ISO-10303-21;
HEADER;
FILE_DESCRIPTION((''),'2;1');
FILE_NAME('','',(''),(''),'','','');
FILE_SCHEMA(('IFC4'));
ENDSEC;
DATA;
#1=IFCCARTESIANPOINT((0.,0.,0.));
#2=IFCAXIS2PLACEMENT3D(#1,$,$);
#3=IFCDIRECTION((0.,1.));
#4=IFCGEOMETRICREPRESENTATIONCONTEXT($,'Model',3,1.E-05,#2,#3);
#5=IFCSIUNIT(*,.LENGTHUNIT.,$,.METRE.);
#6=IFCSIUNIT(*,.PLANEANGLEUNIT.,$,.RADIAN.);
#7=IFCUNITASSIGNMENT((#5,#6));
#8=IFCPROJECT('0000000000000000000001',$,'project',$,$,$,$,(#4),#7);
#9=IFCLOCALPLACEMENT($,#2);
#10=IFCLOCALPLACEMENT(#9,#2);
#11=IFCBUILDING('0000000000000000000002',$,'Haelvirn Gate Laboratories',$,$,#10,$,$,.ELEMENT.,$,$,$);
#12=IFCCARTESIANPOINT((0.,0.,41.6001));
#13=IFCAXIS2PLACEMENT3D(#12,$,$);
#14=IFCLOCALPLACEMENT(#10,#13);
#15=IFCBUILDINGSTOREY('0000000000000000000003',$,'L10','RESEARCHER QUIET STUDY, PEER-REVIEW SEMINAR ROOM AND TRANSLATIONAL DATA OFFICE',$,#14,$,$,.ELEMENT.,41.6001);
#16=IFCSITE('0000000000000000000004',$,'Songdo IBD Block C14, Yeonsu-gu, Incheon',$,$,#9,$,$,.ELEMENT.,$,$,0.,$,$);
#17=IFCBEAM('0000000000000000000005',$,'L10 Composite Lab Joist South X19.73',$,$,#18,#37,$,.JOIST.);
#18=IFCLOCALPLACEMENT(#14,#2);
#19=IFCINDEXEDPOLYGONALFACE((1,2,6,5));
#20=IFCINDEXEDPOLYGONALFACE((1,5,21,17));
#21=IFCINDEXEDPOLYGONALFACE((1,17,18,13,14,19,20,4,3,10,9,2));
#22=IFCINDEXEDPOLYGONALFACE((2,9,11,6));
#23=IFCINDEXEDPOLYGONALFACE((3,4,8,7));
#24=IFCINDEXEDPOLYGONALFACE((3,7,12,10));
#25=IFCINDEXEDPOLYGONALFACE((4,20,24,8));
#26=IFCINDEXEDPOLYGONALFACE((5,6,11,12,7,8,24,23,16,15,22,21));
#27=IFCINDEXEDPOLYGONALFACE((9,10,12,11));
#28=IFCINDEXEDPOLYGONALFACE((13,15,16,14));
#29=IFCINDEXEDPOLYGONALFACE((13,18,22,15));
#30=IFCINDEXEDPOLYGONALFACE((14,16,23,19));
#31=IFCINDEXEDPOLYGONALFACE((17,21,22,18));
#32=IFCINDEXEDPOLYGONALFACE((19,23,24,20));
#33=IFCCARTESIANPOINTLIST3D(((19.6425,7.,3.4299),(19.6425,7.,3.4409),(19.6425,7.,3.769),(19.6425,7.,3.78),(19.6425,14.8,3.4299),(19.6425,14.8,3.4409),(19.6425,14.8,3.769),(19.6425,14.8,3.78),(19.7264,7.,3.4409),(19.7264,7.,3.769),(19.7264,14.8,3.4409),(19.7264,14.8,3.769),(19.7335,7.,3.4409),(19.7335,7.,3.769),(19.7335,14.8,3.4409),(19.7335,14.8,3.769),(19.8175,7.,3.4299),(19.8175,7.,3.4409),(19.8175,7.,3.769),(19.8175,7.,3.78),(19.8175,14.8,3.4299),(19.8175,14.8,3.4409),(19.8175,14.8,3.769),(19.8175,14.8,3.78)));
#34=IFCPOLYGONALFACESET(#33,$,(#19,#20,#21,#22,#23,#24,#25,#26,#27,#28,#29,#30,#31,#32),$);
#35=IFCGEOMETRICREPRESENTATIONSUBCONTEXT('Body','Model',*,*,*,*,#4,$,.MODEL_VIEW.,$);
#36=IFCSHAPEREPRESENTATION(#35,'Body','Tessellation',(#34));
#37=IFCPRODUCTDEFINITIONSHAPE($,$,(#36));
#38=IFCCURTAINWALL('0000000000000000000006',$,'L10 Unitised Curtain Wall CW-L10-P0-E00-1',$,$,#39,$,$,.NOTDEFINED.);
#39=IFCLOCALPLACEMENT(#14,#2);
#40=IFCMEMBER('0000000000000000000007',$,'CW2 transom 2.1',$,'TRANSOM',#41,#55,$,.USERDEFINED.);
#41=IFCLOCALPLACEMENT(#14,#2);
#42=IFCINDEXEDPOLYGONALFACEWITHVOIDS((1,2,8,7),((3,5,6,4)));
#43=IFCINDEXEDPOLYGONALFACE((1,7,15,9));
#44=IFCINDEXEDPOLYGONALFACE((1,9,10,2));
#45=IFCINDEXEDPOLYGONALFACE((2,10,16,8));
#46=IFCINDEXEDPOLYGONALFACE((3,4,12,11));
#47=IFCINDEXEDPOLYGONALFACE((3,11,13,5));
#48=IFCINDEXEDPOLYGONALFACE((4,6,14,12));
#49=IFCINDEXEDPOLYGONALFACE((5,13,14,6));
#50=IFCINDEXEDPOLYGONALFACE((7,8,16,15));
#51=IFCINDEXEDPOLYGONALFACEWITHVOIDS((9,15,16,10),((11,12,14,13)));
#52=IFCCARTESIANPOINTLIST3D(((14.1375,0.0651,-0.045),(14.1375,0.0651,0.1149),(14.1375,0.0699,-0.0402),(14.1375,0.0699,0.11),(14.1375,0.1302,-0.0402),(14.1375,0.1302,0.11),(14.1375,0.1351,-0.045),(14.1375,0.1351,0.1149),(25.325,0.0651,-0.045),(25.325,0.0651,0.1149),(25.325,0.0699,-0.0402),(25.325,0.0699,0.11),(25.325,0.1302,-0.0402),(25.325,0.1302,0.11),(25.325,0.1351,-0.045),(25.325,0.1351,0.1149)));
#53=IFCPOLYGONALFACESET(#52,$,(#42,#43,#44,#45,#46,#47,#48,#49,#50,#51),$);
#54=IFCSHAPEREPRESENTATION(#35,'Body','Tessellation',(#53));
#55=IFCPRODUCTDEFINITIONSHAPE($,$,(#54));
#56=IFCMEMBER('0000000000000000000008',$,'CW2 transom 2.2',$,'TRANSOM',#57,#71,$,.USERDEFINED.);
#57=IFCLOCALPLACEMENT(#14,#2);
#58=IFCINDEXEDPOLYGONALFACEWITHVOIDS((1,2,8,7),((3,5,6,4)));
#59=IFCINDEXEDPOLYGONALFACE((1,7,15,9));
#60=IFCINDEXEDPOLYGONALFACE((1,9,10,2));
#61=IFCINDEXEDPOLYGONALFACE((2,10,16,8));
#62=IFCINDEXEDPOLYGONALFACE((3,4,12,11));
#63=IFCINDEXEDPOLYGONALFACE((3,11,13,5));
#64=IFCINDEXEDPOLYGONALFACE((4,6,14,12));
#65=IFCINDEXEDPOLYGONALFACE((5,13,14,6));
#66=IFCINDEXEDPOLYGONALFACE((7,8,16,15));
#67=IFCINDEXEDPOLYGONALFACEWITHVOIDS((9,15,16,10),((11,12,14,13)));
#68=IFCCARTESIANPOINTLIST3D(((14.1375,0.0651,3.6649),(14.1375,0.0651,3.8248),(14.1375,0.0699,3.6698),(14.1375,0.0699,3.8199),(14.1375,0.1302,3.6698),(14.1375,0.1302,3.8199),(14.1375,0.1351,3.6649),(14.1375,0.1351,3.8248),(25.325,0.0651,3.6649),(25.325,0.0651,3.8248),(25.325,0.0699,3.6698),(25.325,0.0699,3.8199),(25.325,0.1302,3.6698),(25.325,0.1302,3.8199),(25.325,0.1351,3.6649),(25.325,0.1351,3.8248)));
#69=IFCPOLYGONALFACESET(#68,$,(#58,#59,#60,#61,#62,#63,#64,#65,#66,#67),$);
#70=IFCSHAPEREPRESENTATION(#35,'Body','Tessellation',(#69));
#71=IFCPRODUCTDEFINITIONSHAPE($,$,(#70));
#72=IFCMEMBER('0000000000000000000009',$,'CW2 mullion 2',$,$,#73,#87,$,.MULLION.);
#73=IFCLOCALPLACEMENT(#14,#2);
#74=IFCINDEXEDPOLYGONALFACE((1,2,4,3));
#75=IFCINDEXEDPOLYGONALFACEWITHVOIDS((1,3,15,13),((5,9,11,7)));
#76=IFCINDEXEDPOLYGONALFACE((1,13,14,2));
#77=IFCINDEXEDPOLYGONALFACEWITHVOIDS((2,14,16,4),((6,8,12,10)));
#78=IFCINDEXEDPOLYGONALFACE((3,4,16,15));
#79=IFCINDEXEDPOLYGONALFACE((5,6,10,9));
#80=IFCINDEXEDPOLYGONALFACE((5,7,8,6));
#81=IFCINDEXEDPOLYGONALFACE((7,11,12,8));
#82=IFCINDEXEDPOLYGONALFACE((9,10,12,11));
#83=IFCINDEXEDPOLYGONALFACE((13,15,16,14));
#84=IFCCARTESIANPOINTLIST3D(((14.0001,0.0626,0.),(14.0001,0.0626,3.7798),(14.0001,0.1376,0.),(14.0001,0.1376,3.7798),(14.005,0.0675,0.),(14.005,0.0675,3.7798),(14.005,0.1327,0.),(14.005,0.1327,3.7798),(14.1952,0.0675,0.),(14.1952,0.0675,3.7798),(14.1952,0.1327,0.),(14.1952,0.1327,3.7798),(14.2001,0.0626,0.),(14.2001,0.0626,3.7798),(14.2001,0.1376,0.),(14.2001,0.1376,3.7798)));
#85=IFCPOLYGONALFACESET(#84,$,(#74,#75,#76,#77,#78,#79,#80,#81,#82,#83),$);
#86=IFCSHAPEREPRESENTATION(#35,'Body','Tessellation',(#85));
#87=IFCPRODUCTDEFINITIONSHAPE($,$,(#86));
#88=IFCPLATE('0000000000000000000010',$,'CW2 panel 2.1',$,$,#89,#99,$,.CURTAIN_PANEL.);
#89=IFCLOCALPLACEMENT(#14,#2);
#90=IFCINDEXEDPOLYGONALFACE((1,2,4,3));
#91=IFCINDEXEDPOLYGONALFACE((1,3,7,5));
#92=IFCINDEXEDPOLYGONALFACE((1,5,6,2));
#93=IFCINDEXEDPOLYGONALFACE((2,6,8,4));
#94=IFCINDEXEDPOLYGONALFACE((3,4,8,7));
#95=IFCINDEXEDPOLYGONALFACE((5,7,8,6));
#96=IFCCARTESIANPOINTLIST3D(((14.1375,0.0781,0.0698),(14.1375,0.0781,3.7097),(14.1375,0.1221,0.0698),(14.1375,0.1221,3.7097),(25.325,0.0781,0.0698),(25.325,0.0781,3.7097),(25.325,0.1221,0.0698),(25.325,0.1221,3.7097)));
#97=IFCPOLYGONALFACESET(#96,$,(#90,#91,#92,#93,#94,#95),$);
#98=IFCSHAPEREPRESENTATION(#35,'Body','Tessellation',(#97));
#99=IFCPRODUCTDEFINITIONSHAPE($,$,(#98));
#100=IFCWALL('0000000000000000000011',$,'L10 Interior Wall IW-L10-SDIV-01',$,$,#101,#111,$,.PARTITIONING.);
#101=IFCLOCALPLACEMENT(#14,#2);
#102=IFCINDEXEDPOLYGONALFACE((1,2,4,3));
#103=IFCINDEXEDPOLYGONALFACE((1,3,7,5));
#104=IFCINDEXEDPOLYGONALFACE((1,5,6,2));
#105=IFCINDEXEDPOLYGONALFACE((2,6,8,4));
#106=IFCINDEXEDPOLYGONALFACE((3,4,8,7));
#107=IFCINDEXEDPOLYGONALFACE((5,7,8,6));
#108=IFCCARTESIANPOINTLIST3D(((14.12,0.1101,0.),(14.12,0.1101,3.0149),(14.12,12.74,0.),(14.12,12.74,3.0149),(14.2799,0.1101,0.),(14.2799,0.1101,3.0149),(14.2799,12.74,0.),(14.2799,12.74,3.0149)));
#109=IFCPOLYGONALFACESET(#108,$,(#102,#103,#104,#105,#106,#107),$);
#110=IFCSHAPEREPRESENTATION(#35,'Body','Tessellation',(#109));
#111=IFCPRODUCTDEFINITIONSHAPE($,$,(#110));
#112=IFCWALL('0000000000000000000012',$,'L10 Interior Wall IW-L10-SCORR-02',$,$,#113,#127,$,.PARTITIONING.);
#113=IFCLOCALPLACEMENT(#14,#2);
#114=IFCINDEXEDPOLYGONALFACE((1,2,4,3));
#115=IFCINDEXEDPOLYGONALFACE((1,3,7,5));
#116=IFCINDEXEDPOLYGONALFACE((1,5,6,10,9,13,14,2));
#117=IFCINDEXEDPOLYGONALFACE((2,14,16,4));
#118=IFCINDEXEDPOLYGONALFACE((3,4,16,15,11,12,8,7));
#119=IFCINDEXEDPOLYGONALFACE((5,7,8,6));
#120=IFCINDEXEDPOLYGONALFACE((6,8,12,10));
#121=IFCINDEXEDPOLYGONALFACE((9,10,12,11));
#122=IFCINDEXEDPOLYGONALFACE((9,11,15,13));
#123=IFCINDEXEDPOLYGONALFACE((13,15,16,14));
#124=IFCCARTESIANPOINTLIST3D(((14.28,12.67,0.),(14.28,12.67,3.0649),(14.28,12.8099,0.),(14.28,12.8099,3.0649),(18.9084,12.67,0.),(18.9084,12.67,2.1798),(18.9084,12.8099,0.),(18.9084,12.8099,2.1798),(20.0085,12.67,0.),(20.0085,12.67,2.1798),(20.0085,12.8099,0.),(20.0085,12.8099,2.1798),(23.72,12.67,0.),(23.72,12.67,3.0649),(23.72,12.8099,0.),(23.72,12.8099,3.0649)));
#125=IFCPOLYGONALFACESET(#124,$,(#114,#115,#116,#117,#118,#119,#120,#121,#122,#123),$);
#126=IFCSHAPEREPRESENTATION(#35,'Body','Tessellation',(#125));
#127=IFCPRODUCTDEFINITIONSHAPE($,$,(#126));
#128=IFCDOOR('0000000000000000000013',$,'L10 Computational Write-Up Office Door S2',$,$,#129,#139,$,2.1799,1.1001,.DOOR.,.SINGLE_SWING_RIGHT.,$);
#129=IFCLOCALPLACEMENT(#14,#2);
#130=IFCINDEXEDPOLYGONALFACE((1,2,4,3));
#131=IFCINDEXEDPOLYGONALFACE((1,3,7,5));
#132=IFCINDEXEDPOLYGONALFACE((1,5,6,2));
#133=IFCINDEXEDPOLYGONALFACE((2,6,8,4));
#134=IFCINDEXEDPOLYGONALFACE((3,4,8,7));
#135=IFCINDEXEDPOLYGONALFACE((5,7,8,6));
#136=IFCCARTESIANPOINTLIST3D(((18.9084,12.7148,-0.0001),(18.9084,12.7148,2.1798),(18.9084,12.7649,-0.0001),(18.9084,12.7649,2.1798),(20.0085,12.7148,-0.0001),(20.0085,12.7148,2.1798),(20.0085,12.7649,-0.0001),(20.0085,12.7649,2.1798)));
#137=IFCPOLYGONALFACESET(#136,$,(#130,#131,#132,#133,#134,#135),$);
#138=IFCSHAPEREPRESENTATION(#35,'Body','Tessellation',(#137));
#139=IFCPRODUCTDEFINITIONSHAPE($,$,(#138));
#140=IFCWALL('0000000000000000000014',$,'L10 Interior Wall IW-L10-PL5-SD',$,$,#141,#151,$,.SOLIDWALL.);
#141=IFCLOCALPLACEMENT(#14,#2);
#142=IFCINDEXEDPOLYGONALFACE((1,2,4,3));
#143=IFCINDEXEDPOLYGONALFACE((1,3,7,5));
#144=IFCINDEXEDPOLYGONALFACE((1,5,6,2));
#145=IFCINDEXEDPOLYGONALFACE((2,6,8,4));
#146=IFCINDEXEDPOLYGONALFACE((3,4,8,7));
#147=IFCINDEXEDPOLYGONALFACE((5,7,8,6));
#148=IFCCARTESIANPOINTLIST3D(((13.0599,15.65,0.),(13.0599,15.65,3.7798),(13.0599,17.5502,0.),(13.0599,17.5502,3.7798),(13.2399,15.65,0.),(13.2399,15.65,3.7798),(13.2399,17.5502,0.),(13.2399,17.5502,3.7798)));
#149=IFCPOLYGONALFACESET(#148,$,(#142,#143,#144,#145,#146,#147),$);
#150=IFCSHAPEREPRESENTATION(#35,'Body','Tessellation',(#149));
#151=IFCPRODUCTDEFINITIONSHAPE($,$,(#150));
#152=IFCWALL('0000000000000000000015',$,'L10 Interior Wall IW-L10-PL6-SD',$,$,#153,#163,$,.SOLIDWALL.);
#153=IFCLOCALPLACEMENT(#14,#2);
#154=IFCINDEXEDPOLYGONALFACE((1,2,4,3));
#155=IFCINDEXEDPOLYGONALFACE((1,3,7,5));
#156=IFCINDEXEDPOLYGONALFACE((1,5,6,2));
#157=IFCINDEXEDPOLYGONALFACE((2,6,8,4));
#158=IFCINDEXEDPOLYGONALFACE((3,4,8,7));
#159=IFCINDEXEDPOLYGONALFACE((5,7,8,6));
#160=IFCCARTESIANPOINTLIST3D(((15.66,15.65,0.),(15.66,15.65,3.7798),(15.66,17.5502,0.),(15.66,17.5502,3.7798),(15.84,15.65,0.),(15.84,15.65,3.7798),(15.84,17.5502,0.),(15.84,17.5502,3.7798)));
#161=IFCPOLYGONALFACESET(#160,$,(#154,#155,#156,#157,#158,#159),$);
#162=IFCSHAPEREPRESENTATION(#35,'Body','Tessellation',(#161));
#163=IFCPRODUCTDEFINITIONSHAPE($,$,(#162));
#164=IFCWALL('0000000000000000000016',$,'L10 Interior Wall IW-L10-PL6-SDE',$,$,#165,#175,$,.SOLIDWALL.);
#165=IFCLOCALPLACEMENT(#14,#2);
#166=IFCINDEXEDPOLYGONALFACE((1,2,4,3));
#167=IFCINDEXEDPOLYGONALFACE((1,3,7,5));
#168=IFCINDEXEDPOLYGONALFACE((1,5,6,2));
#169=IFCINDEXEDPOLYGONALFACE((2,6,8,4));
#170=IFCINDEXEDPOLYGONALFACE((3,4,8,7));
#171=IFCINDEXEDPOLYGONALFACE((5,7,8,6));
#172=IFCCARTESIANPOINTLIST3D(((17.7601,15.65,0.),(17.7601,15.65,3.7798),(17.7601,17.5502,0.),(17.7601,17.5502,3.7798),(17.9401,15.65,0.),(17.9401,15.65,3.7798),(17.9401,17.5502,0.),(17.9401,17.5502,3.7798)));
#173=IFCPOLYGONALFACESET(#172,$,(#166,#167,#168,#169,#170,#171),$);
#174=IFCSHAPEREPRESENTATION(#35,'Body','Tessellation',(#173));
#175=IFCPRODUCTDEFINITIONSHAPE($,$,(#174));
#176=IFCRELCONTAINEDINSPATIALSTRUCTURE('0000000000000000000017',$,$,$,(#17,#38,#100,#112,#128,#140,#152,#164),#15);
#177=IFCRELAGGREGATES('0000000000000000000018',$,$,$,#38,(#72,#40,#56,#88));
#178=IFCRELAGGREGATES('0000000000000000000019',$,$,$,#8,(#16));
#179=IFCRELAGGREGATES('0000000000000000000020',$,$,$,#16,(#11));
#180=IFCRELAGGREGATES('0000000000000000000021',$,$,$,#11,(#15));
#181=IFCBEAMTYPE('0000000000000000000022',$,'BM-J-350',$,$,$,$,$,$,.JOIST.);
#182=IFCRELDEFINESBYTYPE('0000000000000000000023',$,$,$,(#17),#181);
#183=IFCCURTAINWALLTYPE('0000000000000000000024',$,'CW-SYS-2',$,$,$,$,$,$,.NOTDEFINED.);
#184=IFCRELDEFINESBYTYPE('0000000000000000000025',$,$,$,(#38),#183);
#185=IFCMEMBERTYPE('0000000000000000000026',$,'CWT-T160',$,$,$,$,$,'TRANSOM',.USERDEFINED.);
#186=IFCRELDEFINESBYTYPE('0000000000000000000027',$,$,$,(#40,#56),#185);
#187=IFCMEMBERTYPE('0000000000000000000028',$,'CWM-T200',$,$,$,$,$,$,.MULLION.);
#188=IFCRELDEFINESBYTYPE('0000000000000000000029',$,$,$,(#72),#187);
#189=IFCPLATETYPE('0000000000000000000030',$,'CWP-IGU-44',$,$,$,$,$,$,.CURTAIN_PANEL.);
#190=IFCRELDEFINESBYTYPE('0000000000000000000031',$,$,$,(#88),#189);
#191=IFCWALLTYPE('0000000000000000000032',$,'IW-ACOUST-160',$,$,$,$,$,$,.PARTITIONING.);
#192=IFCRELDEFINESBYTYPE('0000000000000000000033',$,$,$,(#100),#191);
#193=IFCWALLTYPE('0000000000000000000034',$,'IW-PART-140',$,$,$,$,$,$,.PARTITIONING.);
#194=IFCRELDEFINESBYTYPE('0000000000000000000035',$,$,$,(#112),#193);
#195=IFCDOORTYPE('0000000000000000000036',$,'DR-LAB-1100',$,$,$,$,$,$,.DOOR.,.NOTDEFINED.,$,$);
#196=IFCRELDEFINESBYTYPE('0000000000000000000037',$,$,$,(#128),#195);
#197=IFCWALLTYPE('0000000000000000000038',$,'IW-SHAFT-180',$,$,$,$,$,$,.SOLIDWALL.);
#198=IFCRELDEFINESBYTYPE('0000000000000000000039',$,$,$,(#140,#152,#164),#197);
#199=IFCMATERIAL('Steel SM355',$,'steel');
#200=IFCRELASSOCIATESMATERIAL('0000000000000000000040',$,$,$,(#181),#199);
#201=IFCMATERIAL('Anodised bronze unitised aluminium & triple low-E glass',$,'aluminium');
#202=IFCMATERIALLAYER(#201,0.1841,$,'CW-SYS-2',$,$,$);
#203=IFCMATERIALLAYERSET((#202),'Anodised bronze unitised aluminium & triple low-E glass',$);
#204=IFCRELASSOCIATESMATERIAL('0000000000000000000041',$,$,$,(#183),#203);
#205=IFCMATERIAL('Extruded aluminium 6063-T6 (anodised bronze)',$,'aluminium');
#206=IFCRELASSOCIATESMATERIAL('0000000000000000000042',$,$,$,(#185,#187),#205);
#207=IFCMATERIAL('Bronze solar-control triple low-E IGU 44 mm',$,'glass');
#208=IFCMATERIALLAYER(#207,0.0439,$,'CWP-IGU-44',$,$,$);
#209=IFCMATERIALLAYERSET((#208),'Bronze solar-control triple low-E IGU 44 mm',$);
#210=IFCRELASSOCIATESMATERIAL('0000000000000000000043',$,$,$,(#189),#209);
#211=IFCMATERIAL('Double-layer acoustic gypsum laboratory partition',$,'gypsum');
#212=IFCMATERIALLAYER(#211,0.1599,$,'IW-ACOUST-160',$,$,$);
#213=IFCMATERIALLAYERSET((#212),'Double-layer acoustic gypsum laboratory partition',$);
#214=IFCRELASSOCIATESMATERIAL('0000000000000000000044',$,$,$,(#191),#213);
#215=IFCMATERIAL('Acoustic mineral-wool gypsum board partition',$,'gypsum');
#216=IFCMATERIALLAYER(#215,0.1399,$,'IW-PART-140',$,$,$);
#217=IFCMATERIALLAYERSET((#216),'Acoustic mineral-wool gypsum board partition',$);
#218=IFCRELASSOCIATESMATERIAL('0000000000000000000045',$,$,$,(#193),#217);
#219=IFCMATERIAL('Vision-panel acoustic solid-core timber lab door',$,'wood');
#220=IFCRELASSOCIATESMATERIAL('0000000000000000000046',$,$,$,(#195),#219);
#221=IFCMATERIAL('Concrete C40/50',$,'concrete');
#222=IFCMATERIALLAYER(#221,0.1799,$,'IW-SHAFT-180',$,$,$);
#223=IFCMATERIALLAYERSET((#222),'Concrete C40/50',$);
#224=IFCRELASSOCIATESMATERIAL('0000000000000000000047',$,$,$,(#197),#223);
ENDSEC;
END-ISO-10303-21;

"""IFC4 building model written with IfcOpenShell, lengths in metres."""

from ifc_helpers import new_model, si_unit, direction, frame, frame_2d, origin, origin_2d, place, context, subcontext, project, spatial, rectangle, hollow_rectangle, i_section, extrude, source, transform, mapped, material, layer, layer_set, material_profile, profile_set, type_object, type_shapes, element, fill, aggregate, save


model = new_model("IFC4")

# Units and contexts
model_context = context("Model", 3, precision=1e-05, world=origin(), true_north=direction((0.0, 1.0)))
body_context = subcontext(model_context, "Body", "Model", "MODEL_VIEW")
ifc_project = project(units=[si_unit("LENGTHUNIT", "METRE"), si_unit("PLANEANGLEUNIT", "RADIAN")], contexts=[model_context])

# Site, building, storey
site_placement = place(None, origin())
site = spatial("IfcSite", under=ifc_project, at=site_placement, Name="Songdo IBD Block C14, Yeonsu-gu, Incheon", CompositionType="ELEMENT", RefElevation=0.0)
building_placement = place(site_placement, origin())
building = spatial("IfcBuilding", under=site, at=building_placement, Name="Haelvirn Gate Laboratories", CompositionType="ELEMENT")
storey_placement = place(building_placement, frame((0.0, 0.0, 41.6001)))
storey = spatial("IfcBuildingStorey", under=building, at=storey_placement, Name="L10", Description="RESEARCHER QUIET STUDY, PEER-REVIEW SEMINAR ROOM AND TRANSLATIONAL DATA OFFICE", CompositionType="ELEMENT", Elevation=41.6001)

# Beam
ifc_material_1 = material(Name="Steel SM355", Category="steel")
ifc_material_profile_1 = material_profile(ifc_material_1, i_section(OverallWidth=0.175, OverallDepth=0.3501, WebThickness=0.0071, FlangeThickness=0.011, at=origin_2d()), Name="H-350x175x7x11")
ifc_profile_set_1 = profile_set([ifc_material_profile_1], Name="Steel SM355")
beam_type_1 = type_object("IfcBeamType", Name="BM-J-350", PredefinedType="JOIST", material=ifc_profile_set_1)
shared_shape_1 = source(origin(), body_context, "Body", "SweptSolid", [
    extrude(i_section(OverallWidth=0.175, OverallDepth=0.3501, WebThickness=0.0071, FlangeThickness=0.011, at=origin_2d()), origin(), (0.0, 0.0, 1.0), 7.8),
])
type_shapes(beam_type_1, [shared_shape_1])
for number, where, z_axis, x_axis, name in (
    (1, (19.73, 7.0, 3.605), (0.0, 1.0, 0.0), (-1.0, 0.0, 0.0), "L10 Composite Lab Joist South X19.73"),
):
    element("IfcBeam", number, at=place(storey_placement, frame(where, z_axis=z_axis, x_axis=x_axis)), inside=storey, type_object=beam_type_1, Name=name, PredefinedType="JOIST", context=body_context, shape_type="MappedRepresentation", body=[
        mapped(shared_shape_1, transform((0.0, 0.0, 0.0), scale=1.0)),
    ])

# Curtain wall, members, plate
ifc_material_2 = material(Name="Anodised bronze unitised aluminium & triple low-E glass", Category="aluminium")
ifc_layer_1 = layer(ifc_material_2, 0.1841, Name="CW-SYS-2")
ifc_layer_set_1 = layer_set([ifc_layer_1], Name="Anodised bronze unitised aluminium & triple low-E glass")
curtain_wall_type = type_object("IfcCurtainWallType", Name="CW-SYS-2", PredefinedType="NOTDEFINED", material=ifc_layer_set_1)
curtain_wall_placement = place(storey_placement, origin())
curtain_wall = element("IfcCurtainWall", 2, at=curtain_wall_placement, inside=storey, type_object=curtain_wall_type, Name="L10 Unitised Curtain Wall CW-L10-P0-E00-1", PredefinedType="NOTDEFINED")
ifc_material_3 = material(Name="Extruded aluminium 6063-T6 (anodised bronze)", Category="aluminium")
ifc_material_profile_2 = material_profile(ifc_material_3, hollow_rectangle(XDim=0.0701, YDim=0.1599, WallThickness=0.0049, at=origin_2d()), Name="CWT-160x70x5")
ifc_profile_set_2 = profile_set([ifc_material_profile_2], Name="Extruded aluminium 6063-T6 (anodised bronze)")
member_type_1 = type_object("IfcMemberType", Name="CWT-T160", ElementType="TRANSOM", PredefinedType="USERDEFINED", material=ifc_profile_set_2)
shared_shape_2 = source(origin(), body_context, "Body", "SweptSolid", [
    extrude(hollow_rectangle(XDim=0.0701, YDim=0.1599, WallThickness=0.0049, at=origin_2d()), origin(), (0.0, 0.0, 1.0), 11.1875),
])
type_shapes(member_type_1, [shared_shape_2])
member_1_placement = place(storey_placement, frame((14.1375, 0.1001, 0.0349), z_axis=(1.0, 0.0, 0.0), x_axis=(0.0, 1.0, 0.0)))
member_1 = element("IfcMember", 3, at=member_1_placement, type_object=member_type_1, Name="CW2 transom 2.1", ObjectType="TRANSOM", PredefinedType="USERDEFINED", context=body_context, shape_type="MappedRepresentation", body=[
    mapped(shared_shape_2, transform((0.0, 0.0, 0.0), scale=1.0)),
])
member_2_placement = place(storey_placement, frame((14.1375, 0.1001, 3.7449), z_axis=(1.0, 0.0, 0.0), x_axis=(0.0, 1.0, 0.0)))
member_2 = element("IfcMember", 4, at=member_2_placement, type_object=member_type_1, Name="CW2 transom 2.2", ObjectType="TRANSOM", PredefinedType="USERDEFINED", context=body_context, shape_type="MappedRepresentation", body=[
    mapped(shared_shape_2, transform((0.0, 0.0, 0.0), scale=1.0)),
])
ifc_material_profile_3 = material_profile(ifc_material_3, hollow_rectangle(XDim=0.075, YDim=0.2, WallThickness=0.0049, at=origin_2d()), Name="CWM-200x75x5")
ifc_profile_set_3 = profile_set([ifc_material_profile_3], Name="Extruded aluminium 6063-T6 (anodised bronze)")
member_type_2 = type_object("IfcMemberType", Name="CWM-T200", PredefinedType="MULLION", material=ifc_profile_set_3)
shared_shape_3 = source(origin(), body_context, "Body", "SweptSolid", [
    extrude(hollow_rectangle(XDim=0.075, YDim=0.2, WallThickness=0.0049, at=origin_2d()), origin(), (0.0, 0.0, 1.0), 3.7798),
])
type_shapes(member_type_2, [shared_shape_3])
member_3_placement = place(storey_placement, frame((14.1001, 0.1001, 0.0), z_axis=(0.0, 0.0, 1.0), x_axis=(0.0, 1.0, 0.0)))
member_3 = element("IfcMember", 5, at=member_3_placement, type_object=member_type_2, Name="CW2 mullion 2", PredefinedType="MULLION", context=body_context, shape_type="MappedRepresentation", body=[
    mapped(shared_shape_3, transform((0.0, 0.0, 0.0), scale=1.0)),
])
ifc_material_4 = material(Name="Bronze solar-control triple low-E IGU 44 mm", Category="glass")
ifc_layer_2 = layer(ifc_material_4, 0.0439, Name="CWP-IGU-44")
ifc_layer_set_2 = layer_set([ifc_layer_2], Name="Bronze solar-control triple low-E IGU 44 mm")
plate_type = type_object("IfcPlateType", Name="CWP-IGU-44", PredefinedType="CURTAIN_PANEL", material=ifc_layer_set_2)
shared_shape_4 = source(origin(), body_context, "Body", "SweptSolid", [
    extrude(rectangle(XDim=11.1875, YDim=0.0439, at=origin_2d()), origin(), (0.0, 0.0, 1.0), 3.6399),
])
type_shapes(plate_type, [shared_shape_4])
plate_placement = place(storey_placement, frame((19.7312, 0.1001, 0.0698), z_axis=(0.0, 0.0, 1.0), x_axis=(1.0, 0.0, 0.0)))
plate = element("IfcPlate", 6, at=plate_placement, type_object=plate_type, Name="CW2 panel 2.1", PredefinedType="CURTAIN_PANEL", context=body_context, shape_type="MappedRepresentation", body=[
    mapped(shared_shape_4, transform((0.0, 0.0, 0.0), scale=1.0)),
])
aggregate(curtain_wall, [member_3, member_1, member_2, plate])

# Wall
ifc_material_5 = material(Name="Double-layer acoustic gypsum laboratory partition", Category="gypsum")
ifc_layer_3 = layer(ifc_material_5, 0.1599, Name="IW-ACOUST-160")
ifc_layer_set_3 = layer_set([ifc_layer_3], Name="Double-layer acoustic gypsum laboratory partition")
wall_type_1 = type_object("IfcWallType", Name="IW-ACOUST-160", PredefinedType="PARTITIONING", material=ifc_layer_set_3)
wall_1_placement = place(storey_placement, frame((14.2, 0.1101, 0.0), z_axis=(0.0, 0.0, 1.0), x_axis=(0.0, 1.0, 0.0)))
element("IfcWall", 7, at=wall_1_placement, inside=storey, type_object=wall_type_1, Name="L10 Interior Wall IW-L10-SDIV-01", PredefinedType="PARTITIONING", context=body_context, shape_type="SweptSolid", body=[
    extrude(rectangle(XDim=12.6299, YDim=0.1599, at=frame_2d((6.3149, 0.0))), origin(), (0.0, 0.0, 1.0), 3.0149),
])

# Wall, opening, door
ifc_material_6 = material(Name="Acoustic mineral-wool gypsum board partition", Category="gypsum")
ifc_layer_4 = layer(ifc_material_6, 0.1399, Name="IW-PART-140")
ifc_layer_set_4 = layer_set([ifc_layer_4], Name="Acoustic mineral-wool gypsum board partition")
wall_type_2 = type_object("IfcWallType", Name="IW-PART-140", PredefinedType="PARTITIONING", material=ifc_layer_set_4)
wall_2_placement = place(storey_placement, frame((14.28, 12.74, 0.0), z_axis=(0.0, 0.0, 1.0), x_axis=(1.0, 0.0, 0.0)))
wall_2 = element("IfcWall", 8, at=wall_2_placement, inside=storey, type_object=wall_type_2, Name="L10 Interior Wall IW-L10-SCORR-02", PredefinedType="PARTITIONING", context=body_context, shape_type="SweptSolid", body=[
    extrude(rectangle(XDim=9.4399, YDim=0.1399, at=frame_2d((4.72, 0.0))), origin(), (0.0, 0.0, 1.0), 3.0649),
])
opening_placement = place(wall_2_placement, frame((4.6284, 0.0, 0.0)))
opening = element("IfcOpeningElement", 9, at=opening_placement, cuts=wall_2, PredefinedType="OPENING", context=body_context, shape_type="SweptSolid", body=[
    extrude(rectangle(XDim=1.1001, YDim=2.1799, at=frame_2d((0.55, 1.0898))), frame((0.0, 0.0801, 0.0), z_axis=(0.0, -1.0, 0.0), x_axis=(1.0, 0.0, 0.0)), (0.0, 0.0, 1.0), 0.1599),
])
ifc_material_7 = material(Name="Vision-panel acoustic solid-core timber lab door", Category="wood")
door_type = type_object("IfcDoorType", Name="DR-LAB-1100", OperationType="NOTDEFINED", PredefinedType="DOOR", material=ifc_material_7)
shared_shape_5 = source(origin(), body_context, "Body", "SweptSolid", [
    extrude(rectangle(XDim=1.1001, YDim=2.1799, at=frame_2d((0.55, 1.0898))), frame((0.0, 0.0249, 0.0), z_axis=(0.0, -1.0, 0.0), x_axis=(1.0, 0.0, 0.0)), (0.0, 0.0, 1.0), 0.05),
])
type_shapes(door_type, [shared_shape_5])
door_placement = place(opening_placement, origin())
door = element("IfcDoor", 10, at=door_placement, inside=storey, type_object=door_type, Name="L10 Computational Write-Up Office Door S2", OperationType="SINGLE_SWING_RIGHT", OverallHeight=2.1799, OverallWidth=1.1001, PredefinedType="DOOR", context=body_context, shape_type="MappedRepresentation", body=[
    mapped(shared_shape_5, transform((0.0, 0.0, 0.0), scale=1.0)),
])
fill(opening, door)

# Walls
ifc_material_8 = material(Name="Concrete C40/50", Category="concrete")
ifc_layer_5 = layer(ifc_material_8, 0.1799, Name="IW-SHAFT-180")
ifc_layer_set_5 = layer_set([ifc_layer_5], Name="Concrete C40/50")
wall_type_3 = type_object("IfcWallType", Name="IW-SHAFT-180", PredefinedType="SOLIDWALL", material=ifc_layer_set_5)
for number, where, z_axis, x_axis, name in (
    (11, (13.1499, 15.6499, 0.0), (0.0, 0.0, 1.0), (0.0, 1.0, 0.0), "L10 Interior Wall IW-L10-PL5-SD"),
    (12, (15.75, 15.6499, 0.0), (0.0, 0.0, 1.0), (0.0, 1.0, 0.0), "L10 Interior Wall IW-L10-PL6-SD"),
    (13, (17.8501, 15.6499, 0.0), (0.0, 0.0, 1.0), (0.0, 1.0, 0.0), "L10 Interior Wall IW-L10-PL6-SDE"),
):
    element("IfcWall", number, at=place(storey_placement, frame(where, z_axis=z_axis, x_axis=x_axis)), inside=storey, type_object=wall_type_3, Name=name, PredefinedType="SOLIDWALL", context=body_context, shape_type="SweptSolid", body=[
        extrude(rectangle(XDim=1.9001, YDim=0.1799, at=frame_2d((0.9502, 0.0))), origin(), (0.0, 0.0, 1.0), 3.7798),
    ])

save(model, "model.ifc")
